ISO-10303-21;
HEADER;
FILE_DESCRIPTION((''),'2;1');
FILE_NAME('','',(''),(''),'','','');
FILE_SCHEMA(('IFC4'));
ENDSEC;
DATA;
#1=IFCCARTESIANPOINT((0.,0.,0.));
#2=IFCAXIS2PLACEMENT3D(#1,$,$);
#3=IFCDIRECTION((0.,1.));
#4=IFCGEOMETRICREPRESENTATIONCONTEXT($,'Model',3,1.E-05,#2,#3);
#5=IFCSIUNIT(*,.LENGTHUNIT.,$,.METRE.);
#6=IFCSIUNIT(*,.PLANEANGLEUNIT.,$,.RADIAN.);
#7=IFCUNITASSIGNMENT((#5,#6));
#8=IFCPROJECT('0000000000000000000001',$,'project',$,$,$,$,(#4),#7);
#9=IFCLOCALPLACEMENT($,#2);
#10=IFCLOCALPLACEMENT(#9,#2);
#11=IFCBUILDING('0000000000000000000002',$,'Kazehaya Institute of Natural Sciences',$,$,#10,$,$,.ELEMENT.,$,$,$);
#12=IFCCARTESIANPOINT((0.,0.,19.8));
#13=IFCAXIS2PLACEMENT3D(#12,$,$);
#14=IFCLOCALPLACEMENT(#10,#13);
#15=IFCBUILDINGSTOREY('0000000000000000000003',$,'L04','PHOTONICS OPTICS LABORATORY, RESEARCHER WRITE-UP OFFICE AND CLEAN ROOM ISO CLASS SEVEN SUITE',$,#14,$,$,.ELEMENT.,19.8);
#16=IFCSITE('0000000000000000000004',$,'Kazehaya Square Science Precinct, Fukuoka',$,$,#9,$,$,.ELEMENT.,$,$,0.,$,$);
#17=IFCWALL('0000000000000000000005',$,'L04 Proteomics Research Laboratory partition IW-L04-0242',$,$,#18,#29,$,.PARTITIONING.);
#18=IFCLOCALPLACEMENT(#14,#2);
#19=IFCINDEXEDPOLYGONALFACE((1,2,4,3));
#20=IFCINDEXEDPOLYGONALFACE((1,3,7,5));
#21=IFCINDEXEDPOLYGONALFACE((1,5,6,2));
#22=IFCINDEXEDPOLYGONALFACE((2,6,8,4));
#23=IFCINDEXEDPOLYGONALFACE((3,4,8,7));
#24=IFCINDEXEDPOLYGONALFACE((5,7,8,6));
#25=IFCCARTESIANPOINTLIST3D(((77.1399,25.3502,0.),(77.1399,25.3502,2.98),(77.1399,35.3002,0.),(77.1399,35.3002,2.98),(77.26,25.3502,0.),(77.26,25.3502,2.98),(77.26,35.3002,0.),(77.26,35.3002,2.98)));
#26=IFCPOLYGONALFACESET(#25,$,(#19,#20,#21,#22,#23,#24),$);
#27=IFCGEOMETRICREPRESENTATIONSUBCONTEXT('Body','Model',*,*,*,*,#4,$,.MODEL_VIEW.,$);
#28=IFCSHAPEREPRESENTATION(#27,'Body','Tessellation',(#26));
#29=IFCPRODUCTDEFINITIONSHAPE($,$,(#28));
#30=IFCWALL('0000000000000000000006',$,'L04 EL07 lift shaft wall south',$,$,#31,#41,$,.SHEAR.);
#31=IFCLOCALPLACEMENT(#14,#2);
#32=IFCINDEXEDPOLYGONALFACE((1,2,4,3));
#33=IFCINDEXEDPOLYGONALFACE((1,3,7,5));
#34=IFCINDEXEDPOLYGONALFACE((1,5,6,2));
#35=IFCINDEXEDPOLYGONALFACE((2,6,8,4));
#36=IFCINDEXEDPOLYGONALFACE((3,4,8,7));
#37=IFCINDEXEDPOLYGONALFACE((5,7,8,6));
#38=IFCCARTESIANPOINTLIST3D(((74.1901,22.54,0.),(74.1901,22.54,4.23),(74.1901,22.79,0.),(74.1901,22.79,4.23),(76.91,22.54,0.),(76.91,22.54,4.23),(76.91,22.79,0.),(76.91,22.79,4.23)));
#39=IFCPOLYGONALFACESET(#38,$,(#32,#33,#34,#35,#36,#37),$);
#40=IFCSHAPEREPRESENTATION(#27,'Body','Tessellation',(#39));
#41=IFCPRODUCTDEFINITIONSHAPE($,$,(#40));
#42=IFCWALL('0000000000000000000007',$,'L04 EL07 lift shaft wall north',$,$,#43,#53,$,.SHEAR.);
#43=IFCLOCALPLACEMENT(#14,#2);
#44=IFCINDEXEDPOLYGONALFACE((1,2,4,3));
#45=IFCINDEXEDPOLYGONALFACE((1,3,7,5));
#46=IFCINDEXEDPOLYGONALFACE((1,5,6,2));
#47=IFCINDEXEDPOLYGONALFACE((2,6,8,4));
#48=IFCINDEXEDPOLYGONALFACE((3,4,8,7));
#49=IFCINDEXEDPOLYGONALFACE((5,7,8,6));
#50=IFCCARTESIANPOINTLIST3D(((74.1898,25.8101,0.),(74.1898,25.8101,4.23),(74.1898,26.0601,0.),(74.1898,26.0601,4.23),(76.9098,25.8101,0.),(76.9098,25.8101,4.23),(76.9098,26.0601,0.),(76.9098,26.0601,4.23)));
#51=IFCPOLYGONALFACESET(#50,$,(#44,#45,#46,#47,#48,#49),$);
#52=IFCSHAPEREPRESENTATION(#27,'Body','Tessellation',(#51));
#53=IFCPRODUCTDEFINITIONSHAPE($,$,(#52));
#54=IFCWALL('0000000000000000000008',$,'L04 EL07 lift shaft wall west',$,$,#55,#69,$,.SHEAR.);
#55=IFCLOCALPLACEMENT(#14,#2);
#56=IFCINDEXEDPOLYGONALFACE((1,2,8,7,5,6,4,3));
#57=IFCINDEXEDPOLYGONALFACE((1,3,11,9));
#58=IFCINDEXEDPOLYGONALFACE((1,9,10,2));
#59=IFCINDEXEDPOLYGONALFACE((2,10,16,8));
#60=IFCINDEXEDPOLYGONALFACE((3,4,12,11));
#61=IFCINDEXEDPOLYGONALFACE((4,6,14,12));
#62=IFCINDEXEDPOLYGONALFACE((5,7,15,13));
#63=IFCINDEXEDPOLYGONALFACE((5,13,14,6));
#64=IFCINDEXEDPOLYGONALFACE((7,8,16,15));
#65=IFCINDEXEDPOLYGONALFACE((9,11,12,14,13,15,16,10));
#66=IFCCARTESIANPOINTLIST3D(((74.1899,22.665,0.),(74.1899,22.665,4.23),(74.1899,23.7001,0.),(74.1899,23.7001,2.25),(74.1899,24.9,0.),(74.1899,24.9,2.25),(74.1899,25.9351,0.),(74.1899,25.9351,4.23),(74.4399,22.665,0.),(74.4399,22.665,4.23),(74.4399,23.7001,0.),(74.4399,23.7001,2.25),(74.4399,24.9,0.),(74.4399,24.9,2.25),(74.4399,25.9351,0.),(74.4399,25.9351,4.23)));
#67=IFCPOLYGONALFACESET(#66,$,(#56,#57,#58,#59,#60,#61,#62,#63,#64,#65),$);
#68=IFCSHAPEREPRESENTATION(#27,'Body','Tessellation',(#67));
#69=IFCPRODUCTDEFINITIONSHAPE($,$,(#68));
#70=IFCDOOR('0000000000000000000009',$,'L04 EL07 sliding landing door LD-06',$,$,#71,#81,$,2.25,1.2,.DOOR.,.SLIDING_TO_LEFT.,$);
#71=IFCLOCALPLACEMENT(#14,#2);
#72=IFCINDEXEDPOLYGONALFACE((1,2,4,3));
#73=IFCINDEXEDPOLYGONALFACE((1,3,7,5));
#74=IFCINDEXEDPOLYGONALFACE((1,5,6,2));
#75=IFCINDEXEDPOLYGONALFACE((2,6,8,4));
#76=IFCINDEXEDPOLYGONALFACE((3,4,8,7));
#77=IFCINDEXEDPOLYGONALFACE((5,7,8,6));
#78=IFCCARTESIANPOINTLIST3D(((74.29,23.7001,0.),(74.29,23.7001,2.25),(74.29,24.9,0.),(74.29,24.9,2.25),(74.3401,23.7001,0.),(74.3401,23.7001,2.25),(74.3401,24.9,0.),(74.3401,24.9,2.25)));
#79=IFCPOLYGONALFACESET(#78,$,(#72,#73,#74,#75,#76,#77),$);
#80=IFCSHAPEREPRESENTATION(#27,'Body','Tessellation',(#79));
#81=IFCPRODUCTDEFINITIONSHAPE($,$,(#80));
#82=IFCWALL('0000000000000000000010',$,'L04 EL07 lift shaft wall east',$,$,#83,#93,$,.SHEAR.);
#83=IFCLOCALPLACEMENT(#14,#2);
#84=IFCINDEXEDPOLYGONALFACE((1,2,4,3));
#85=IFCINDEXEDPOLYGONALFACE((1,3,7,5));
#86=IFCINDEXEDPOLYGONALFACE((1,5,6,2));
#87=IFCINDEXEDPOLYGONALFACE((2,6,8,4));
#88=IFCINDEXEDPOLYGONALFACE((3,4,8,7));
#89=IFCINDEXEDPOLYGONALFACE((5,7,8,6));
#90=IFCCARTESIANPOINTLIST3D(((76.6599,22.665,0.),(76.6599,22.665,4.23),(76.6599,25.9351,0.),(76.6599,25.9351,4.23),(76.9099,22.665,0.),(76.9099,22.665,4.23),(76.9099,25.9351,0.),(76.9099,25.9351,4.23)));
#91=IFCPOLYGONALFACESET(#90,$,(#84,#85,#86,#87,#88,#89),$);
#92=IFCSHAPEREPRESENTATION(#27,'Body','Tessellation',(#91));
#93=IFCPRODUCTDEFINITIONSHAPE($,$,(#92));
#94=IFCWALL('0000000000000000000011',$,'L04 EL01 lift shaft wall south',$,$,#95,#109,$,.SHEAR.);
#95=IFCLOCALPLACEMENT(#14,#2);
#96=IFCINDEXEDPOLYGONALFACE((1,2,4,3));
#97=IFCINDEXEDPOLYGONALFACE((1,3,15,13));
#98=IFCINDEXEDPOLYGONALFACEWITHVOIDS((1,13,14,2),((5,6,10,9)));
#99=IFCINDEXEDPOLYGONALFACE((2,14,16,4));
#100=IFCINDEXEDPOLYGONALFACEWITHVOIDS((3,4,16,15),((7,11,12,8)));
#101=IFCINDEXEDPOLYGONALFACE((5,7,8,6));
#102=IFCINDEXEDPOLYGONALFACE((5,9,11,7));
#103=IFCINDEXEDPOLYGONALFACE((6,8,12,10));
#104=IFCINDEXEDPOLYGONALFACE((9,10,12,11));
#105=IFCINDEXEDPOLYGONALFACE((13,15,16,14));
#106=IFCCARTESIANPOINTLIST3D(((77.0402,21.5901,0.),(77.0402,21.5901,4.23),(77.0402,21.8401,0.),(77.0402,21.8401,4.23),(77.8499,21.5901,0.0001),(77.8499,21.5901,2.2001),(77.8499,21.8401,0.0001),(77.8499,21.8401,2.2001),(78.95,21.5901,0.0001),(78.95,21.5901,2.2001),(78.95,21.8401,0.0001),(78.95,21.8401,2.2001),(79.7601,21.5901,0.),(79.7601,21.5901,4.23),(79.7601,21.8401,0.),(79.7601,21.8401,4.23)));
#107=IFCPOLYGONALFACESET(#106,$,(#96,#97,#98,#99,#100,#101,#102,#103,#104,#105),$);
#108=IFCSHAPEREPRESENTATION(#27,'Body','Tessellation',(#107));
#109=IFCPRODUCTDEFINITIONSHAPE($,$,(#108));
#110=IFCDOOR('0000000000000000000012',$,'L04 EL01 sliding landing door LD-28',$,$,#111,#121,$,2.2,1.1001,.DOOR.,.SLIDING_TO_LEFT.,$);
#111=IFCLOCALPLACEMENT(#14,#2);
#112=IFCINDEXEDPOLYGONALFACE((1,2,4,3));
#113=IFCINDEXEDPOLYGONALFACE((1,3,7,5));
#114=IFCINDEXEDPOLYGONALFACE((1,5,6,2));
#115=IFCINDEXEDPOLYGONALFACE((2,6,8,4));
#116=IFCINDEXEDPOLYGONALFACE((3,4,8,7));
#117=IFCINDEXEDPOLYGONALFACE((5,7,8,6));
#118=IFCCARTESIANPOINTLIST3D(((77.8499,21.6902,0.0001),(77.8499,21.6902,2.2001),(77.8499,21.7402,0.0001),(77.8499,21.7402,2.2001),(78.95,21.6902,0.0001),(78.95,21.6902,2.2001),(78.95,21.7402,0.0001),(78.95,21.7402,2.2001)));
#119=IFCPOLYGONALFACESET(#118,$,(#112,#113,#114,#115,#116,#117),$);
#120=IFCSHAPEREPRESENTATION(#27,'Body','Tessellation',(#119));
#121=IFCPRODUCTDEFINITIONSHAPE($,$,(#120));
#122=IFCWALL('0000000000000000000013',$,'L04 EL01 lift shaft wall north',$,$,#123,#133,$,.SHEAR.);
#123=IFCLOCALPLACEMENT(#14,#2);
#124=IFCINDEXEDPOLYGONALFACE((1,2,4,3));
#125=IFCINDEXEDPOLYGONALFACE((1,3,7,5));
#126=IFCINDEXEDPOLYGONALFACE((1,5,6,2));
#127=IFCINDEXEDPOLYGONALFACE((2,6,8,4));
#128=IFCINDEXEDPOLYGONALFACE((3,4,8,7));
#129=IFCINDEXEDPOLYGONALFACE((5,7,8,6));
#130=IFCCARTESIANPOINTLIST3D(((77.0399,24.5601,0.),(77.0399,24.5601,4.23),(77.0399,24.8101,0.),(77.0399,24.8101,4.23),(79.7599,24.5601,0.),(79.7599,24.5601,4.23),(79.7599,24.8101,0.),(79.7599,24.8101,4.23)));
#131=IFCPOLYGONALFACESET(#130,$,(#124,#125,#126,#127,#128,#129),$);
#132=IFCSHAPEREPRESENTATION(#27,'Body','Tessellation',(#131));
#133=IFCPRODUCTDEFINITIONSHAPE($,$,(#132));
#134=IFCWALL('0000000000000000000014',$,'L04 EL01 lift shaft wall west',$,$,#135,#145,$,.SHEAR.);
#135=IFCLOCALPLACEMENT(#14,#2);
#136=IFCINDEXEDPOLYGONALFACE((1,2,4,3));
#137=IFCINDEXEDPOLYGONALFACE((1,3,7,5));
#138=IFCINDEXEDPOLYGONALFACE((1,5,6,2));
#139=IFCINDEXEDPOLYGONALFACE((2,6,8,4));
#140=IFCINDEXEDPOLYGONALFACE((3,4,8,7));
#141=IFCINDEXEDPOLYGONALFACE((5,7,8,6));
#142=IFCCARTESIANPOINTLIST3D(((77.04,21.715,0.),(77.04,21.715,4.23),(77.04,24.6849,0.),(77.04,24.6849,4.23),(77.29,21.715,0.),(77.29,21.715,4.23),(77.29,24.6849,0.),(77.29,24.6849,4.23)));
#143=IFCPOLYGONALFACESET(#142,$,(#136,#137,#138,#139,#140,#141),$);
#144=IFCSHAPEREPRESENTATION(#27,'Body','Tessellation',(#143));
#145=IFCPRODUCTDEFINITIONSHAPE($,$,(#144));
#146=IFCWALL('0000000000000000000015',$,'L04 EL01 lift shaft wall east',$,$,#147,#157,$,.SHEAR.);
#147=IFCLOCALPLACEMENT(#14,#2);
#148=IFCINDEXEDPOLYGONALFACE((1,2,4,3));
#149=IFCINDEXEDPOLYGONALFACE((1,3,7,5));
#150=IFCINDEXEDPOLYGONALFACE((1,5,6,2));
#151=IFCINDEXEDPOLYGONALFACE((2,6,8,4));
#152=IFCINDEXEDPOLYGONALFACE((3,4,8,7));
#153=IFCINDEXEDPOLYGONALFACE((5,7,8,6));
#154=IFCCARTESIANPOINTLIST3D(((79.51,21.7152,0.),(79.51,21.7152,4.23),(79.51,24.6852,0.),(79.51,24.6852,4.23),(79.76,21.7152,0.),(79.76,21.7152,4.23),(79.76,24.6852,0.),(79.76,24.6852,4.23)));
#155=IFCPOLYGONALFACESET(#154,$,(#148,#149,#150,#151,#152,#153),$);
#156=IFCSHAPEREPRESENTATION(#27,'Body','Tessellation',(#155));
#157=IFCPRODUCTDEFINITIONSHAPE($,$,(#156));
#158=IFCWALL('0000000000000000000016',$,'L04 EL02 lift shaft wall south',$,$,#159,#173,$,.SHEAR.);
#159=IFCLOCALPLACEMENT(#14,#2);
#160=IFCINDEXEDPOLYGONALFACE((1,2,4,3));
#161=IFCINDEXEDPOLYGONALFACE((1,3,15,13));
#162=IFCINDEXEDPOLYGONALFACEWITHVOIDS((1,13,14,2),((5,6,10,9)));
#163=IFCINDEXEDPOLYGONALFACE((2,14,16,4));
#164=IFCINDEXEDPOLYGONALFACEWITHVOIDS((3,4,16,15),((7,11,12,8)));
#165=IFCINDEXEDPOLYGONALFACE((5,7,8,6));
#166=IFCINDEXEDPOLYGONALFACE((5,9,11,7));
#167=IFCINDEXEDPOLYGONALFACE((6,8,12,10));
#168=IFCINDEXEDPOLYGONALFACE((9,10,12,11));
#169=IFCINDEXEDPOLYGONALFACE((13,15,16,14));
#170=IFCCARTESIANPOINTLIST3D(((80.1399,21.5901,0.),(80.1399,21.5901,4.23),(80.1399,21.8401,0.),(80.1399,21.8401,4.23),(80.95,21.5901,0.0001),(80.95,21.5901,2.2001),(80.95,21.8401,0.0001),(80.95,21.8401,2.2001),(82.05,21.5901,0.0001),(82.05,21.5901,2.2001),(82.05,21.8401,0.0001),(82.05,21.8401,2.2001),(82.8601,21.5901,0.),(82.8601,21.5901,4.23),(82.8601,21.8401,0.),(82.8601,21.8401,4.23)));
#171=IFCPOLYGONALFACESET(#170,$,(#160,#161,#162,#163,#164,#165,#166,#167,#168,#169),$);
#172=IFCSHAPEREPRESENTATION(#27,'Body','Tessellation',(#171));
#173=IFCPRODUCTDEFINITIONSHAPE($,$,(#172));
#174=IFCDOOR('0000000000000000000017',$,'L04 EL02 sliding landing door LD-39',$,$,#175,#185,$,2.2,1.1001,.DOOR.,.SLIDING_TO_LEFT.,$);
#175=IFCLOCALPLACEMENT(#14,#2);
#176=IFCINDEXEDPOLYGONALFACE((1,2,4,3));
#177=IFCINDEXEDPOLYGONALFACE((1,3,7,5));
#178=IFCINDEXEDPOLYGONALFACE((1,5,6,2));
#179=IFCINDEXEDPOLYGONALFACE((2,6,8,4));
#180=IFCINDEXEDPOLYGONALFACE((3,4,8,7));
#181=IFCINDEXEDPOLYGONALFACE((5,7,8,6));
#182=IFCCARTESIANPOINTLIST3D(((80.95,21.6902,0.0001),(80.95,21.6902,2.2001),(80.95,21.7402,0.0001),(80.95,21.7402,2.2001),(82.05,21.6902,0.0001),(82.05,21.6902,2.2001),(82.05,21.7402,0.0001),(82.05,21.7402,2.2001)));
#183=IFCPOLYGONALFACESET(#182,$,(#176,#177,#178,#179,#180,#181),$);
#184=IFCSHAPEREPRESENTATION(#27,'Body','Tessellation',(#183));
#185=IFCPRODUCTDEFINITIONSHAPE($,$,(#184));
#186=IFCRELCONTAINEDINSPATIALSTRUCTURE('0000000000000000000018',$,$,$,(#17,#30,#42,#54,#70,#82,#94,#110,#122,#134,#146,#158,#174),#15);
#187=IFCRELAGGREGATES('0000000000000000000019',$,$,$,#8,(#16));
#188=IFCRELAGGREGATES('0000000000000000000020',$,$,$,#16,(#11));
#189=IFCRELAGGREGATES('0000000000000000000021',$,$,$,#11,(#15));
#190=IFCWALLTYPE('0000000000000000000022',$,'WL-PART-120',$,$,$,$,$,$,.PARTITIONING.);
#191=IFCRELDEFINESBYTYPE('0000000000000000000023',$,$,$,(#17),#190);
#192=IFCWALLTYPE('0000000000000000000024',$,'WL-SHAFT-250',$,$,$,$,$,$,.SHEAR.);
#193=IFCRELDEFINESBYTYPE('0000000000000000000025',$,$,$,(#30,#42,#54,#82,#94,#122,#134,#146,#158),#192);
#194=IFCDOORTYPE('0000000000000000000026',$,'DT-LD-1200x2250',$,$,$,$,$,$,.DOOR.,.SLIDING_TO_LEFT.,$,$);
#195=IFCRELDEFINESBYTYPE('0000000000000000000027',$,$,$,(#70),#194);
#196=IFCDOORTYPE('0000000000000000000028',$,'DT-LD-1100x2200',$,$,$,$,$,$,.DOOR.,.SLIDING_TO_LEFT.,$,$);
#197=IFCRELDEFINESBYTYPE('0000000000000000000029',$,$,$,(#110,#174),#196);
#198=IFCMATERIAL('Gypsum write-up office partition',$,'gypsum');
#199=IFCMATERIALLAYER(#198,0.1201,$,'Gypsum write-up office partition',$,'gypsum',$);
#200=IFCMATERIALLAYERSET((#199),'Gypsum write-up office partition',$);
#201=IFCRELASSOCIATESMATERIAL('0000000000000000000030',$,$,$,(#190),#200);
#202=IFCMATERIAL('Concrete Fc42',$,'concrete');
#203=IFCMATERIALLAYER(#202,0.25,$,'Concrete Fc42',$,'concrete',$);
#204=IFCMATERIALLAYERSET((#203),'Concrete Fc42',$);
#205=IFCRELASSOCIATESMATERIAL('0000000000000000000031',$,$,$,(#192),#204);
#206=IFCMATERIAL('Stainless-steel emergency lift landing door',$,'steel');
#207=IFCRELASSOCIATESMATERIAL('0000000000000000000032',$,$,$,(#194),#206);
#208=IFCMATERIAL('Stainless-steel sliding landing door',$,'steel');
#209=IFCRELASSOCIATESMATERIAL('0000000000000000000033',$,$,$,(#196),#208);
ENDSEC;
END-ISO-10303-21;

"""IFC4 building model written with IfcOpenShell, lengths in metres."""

from ifc_helpers import new_model, si_unit, direction, frame, frame_2d, origin, place, context, subcontext, project, spatial, rectangle, extrude, material, layer, layer_set, type_object, element, fill, save


model = new_model("IFC4")

# Units and contexts
model_context = context("Model", 3, precision=1e-05, world=origin(), true_north=direction((0.0, 1.0)))
body_context = subcontext(model_context, "Body", "Model", "MODEL_VIEW")
ifc_project = project(units=[si_unit("LENGTHUNIT", "METRE"), si_unit("PLANEANGLEUNIT", "RADIAN")], contexts=[model_context])

# Site, building, storey
site_placement = place(None, origin())
site = spatial("IfcSite", under=ifc_project, at=site_placement, Name="Kazehaya Square Science Precinct, Fukuoka", CompositionType="ELEMENT", RefElevation=0.0)
building_placement = place(site_placement, origin())
building = spatial("IfcBuilding", under=site, at=building_placement, Name="Kazehaya Institute of Natural Sciences", CompositionType="ELEMENT")
storey_placement = place(building_placement, frame((0.0, 0.0, 19.8)))
storey = spatial("IfcBuildingStorey", under=building, at=storey_placement, Name="L04", Description="PHOTONICS OPTICS LABORATORY, RESEARCHER WRITE-UP OFFICE AND CLEAN ROOM ISO CLASS SEVEN SUITE", CompositionType="ELEMENT", Elevation=19.8)

# Shared definitions
ifc_material_1 = material(Name="Concrete Fc42", Category="concrete")

# Walls
ifc_material_2 = material(Name="Gypsum write-up office partition", Category="gypsum")
ifc_layer_1 = layer(ifc_material_2, 0.1201, Name="Gypsum write-up office partition", Category="gypsum")
ifc_layer_set_1 = layer_set([ifc_layer_1], Name="Gypsum write-up office partition")
wall_type_1 = type_object("IfcWallType", Name="WL-PART-120", PredefinedType="PARTITIONING", material=ifc_layer_set_1)
wall_1_placement = place(storey_placement, frame((77.2, 25.3501, 0.0), z_axis=(0.0, 0.0, 1.0), x_axis=(0.0, 1.0, 0.0)))
element("IfcWall", 1, at=wall_1_placement, inside=storey, type_object=wall_type_1, Name="L04 Proteomics Research Laboratory partition IW-L04-0242", PredefinedType="PARTITIONING", context=body_context, shape_type="SweptSolid", body=[
    extrude(rectangle(XDim=9.95, YDim=0.1201, at=frame_2d((4.9751, 0.0))), origin(), (0.0, 0.0, 1.0), 2.98),
])
ifc_layer_2 = layer(ifc_material_1, 0.25, Name="Concrete Fc42", Category="concrete")
ifc_layer_set_2 = layer_set([ifc_layer_2], Name="Concrete Fc42")
wall_type_2 = type_object("IfcWallType", Name="WL-SHAFT-250", PredefinedType="SHEAR", material=ifc_layer_set_2)
for number, where, z_axis, x_axis, name in (
    (2, (76.9099, 22.665, 0.0), (0.0, 0.0, 1.0), (-1.0, 0.0, 0.0), "L04 EL07 lift shaft wall south"),
    (3, (74.1899, 25.9351, 0.0), (0.0, 0.0, 1.0), (1.0, 0.0, 0.0), "L04 EL07 lift shaft wall north"),
):
    element("IfcWall", number, at=place(storey_placement, frame(where, z_axis=z_axis, x_axis=x_axis)), inside=storey, type_object=wall_type_2, Name=name, PredefinedType="SHEAR", context=body_context, shape_type="SweptSolid", body=[
        extrude(rectangle(XDim=2.72, YDim=0.25, at=frame_2d((1.3599, 0.0))), origin(), (0.0, 0.0, 1.0), 4.23),
    ])

# Wall, opening, door
wall_2_placement = place(storey_placement, frame((74.3149, 22.665, 0.0), z_axis=(0.0, 0.0, 1.0), x_axis=(0.0, 1.0, 0.0)))
wall_2 = element("IfcWall", 4, at=wall_2_placement, inside=storey, type_object=wall_type_2, Name="L04 EL07 lift shaft wall west", PredefinedType="SHEAR", context=body_context, shape_type="SweptSolid", body=[
    extrude(rectangle(XDim=3.27, YDim=0.25, at=frame_2d((1.635, 0.0))), origin(), (0.0, 0.0, 1.0), 4.23),
])
opening_1_placement = place(wall_2_placement, frame((1.0349, 0.0, 0.0)))
opening_1 = element("IfcOpeningElement", 5, at=opening_1_placement, cuts=wall_2, PredefinedType="OPENING", context=body_context, shape_type="SweptSolid", body=[
    extrude(rectangle(XDim=1.2, YDim=2.25, at=frame_2d((0.6001, 1.125))), frame((0.0, 0.135, 0.0), z_axis=(0.0, -1.0, 0.0), x_axis=(1.0, 0.0, 0.0)), (0.0, 0.0, 1.0), 0.27),
])
ifc_material_3 = material(Name="Stainless-steel emergency lift landing door", Category="steel")
door_type_1 = type_object("IfcDoorType", Name="DT-LD-1200x2250", OperationType="SLIDING_TO_LEFT", PredefinedType="DOOR", material=ifc_material_3)
door_1_placement = place(opening_1_placement, origin())
door_1 = element("IfcDoor", 6, at=door_1_placement, inside=storey, type_object=door_type_1, Name="L04 EL07 sliding landing door LD-06", OperationType="SLIDING_TO_LEFT", OverallHeight=2.25, OverallWidth=1.2, PredefinedType="DOOR", context=body_context, shape_type="SweptSolid", body=[
    extrude(rectangle(XDim=1.2, YDim=2.25, at=frame_2d((0.6001, 1.125))), frame((0.0, 0.0249, 0.0), z_axis=(0.0, -1.0, 0.0), x_axis=(1.0, 0.0, 0.0)), (0.0, 0.0, 1.0), 0.05),
])
fill(opening_1, door_1)

# Wall
wall_3_placement = place(storey_placement, frame((76.7849, 25.9351, 0.0), z_axis=(0.0, 0.0, 1.0), x_axis=(0.0, -1.0, 0.0)))
element("IfcWall", 7, at=wall_3_placement, inside=storey, type_object=wall_type_2, Name="L04 EL07 lift shaft wall east", PredefinedType="SHEAR", context=body_context, shape_type="SweptSolid", body=[
    extrude(rectangle(XDim=3.27, YDim=0.25, at=frame_2d((1.635, 0.0))), origin(), (0.0, 0.0, 1.0), 4.23),
])

# Wall, opening, door
wall_4_placement = place(storey_placement, frame((79.76, 21.7151, 0.0), z_axis=(0.0, 0.0, 1.0), x_axis=(-1.0, 0.0, 0.0)))
wall_4 = element("IfcWall", 8, at=wall_4_placement, inside=storey, type_object=wall_type_2, Name="L04 EL01 lift shaft wall south", PredefinedType="SHEAR", context=body_context, shape_type="SweptSolid", body=[
    extrude(rectangle(XDim=2.72, YDim=0.25, at=frame_2d((1.3599, 0.0))), origin(), (0.0, 0.0, 1.0), 4.23),
])
opening_2_placement = place(wall_4_placement, frame((0.8101, 0.0, 0.0)))
opening_2 = element("IfcOpeningElement", 9, at=opening_2_placement, cuts=wall_4, PredefinedType="OPENING", context=body_context, shape_type="SweptSolid", body=[
    extrude(rectangle(XDim=1.1001, YDim=2.2, at=frame_2d((0.55, 1.1001))), frame((0.0, 0.135, 0.0), z_axis=(0.0, -1.0, 0.0), x_axis=(1.0, 0.0, 0.0)), (0.0, 0.0, 1.0), 0.27),
])
ifc_material_4 = material(Name="Stainless-steel sliding landing door", Category="steel")
door_type_2 = type_object("IfcDoorType", Name="DT-LD-1100x2200", OperationType="SLIDING_TO_LEFT", PredefinedType="DOOR", material=ifc_material_4)
door_2_placement = place(opening_2_placement, origin())
door_2 = element("IfcDoor", 10, at=door_2_placement, inside=storey, type_object=door_type_2, Name="L04 EL01 sliding landing door LD-28", OperationType="SLIDING_TO_LEFT", OverallHeight=2.2, OverallWidth=1.1001, PredefinedType="DOOR", context=body_context, shape_type="SweptSolid", body=[
    extrude(rectangle(XDim=1.1001, YDim=2.2, at=frame_2d((0.55, 1.1001))), frame((0.0, 0.0249, 0.0), z_axis=(0.0, -1.0, 0.0), x_axis=(1.0, 0.0, 0.0)), (0.0, 0.0, 1.0), 0.05),
])
fill(opening_2, door_2)

# Walls
wall_5_placement = place(storey_placement, frame((77.04, 24.6851, 0.0), z_axis=(0.0, 0.0, 1.0), x_axis=(1.0, 0.0, 0.0)))
element("IfcWall", 11, at=wall_5_placement, inside=storey, type_object=wall_type_2, Name="L04 EL01 lift shaft wall north", PredefinedType="SHEAR", context=body_context, shape_type="SweptSolid", body=[
    extrude(rectangle(XDim=2.72, YDim=0.25, at=frame_2d((1.3599, 0.0))), origin(), (0.0, 0.0, 1.0), 4.23),
])
for number, where, z_axis, x_axis, name in (
    (12, (77.165, 21.7151, 0.0), (0.0, 0.0, 1.0), (0.0, 1.0, 0.0), "L04 EL01 lift shaft wall west"),
    (13, (79.635, 24.6851, 0.0), (0.0, 0.0, 1.0), (0.0, -1.0, 0.0), "L04 EL01 lift shaft wall east"),
):
    element("IfcWall", number, at=place(storey_placement, frame(where, z_axis=z_axis, x_axis=x_axis)), inside=storey, type_object=wall_type_2, Name=name, PredefinedType="SHEAR", context=body_context, shape_type="SweptSolid", body=[
        extrude(rectangle(XDim=2.97, YDim=0.25, at=frame_2d((1.4849, 0.0))), origin(), (0.0, 0.0, 1.0), 4.23),
    ])

# Wall, opening, door
wall_6_placement = place(storey_placement, frame((82.8601, 21.7151, 0.0), z_axis=(0.0, 0.0, 1.0), x_axis=(-1.0, 0.0, 0.0)))
wall_6 = element("IfcWall", 14, at=wall_6_placement, inside=storey, type_object=wall_type_2, Name="L04 EL02 lift shaft wall south", PredefinedType="SHEAR", context=body_context, shape_type="SweptSolid", body=[
    extrude(rectangle(XDim=2.7202, YDim=0.25, at=frame_2d((1.3601, 0.0))), origin(), (0.0, 0.0, 1.0), 4.23),
])
opening_3_placement = place(wall_6_placement, frame((0.8101, 0.0, 0.0)))
opening_3 = element("IfcOpeningElement", 15, at=opening_3_placement, cuts=wall_6, PredefinedType="OPENING", context=body_context, shape_type="SweptSolid", body=[
    extrude(rectangle(XDim=1.1001, YDim=2.2, at=frame_2d((0.55, 1.1001))), frame((0.0, 0.135, 0.0), z_axis=(0.0, -1.0, 0.0), x_axis=(1.0, 0.0, 0.0)), (0.0, 0.0, 1.0), 0.27),
])
door_3_placement = place(opening_3_placement, origin())
door_3 = element("IfcDoor", 16, at=door_3_placement, inside=storey, type_object=door_type_2, Name="L04 EL02 sliding landing door LD-39", OperationType="SLIDING_TO_LEFT", OverallHeight=2.2, OverallWidth=1.1001, PredefinedType="DOOR", context=body_context, shape_type="SweptSolid", body=[
    extrude(rectangle(XDim=1.1001, YDim=2.2, at=frame_2d((0.55, 1.1001))), frame((0.0, 0.0249, 0.0), z_axis=(0.0, -1.0, 0.0), x_axis=(1.0, 0.0, 0.0)), (0.0, 0.0, 1.0), 0.05),
])
fill(opening_3, door_3)

save(model, "model.ifc")
